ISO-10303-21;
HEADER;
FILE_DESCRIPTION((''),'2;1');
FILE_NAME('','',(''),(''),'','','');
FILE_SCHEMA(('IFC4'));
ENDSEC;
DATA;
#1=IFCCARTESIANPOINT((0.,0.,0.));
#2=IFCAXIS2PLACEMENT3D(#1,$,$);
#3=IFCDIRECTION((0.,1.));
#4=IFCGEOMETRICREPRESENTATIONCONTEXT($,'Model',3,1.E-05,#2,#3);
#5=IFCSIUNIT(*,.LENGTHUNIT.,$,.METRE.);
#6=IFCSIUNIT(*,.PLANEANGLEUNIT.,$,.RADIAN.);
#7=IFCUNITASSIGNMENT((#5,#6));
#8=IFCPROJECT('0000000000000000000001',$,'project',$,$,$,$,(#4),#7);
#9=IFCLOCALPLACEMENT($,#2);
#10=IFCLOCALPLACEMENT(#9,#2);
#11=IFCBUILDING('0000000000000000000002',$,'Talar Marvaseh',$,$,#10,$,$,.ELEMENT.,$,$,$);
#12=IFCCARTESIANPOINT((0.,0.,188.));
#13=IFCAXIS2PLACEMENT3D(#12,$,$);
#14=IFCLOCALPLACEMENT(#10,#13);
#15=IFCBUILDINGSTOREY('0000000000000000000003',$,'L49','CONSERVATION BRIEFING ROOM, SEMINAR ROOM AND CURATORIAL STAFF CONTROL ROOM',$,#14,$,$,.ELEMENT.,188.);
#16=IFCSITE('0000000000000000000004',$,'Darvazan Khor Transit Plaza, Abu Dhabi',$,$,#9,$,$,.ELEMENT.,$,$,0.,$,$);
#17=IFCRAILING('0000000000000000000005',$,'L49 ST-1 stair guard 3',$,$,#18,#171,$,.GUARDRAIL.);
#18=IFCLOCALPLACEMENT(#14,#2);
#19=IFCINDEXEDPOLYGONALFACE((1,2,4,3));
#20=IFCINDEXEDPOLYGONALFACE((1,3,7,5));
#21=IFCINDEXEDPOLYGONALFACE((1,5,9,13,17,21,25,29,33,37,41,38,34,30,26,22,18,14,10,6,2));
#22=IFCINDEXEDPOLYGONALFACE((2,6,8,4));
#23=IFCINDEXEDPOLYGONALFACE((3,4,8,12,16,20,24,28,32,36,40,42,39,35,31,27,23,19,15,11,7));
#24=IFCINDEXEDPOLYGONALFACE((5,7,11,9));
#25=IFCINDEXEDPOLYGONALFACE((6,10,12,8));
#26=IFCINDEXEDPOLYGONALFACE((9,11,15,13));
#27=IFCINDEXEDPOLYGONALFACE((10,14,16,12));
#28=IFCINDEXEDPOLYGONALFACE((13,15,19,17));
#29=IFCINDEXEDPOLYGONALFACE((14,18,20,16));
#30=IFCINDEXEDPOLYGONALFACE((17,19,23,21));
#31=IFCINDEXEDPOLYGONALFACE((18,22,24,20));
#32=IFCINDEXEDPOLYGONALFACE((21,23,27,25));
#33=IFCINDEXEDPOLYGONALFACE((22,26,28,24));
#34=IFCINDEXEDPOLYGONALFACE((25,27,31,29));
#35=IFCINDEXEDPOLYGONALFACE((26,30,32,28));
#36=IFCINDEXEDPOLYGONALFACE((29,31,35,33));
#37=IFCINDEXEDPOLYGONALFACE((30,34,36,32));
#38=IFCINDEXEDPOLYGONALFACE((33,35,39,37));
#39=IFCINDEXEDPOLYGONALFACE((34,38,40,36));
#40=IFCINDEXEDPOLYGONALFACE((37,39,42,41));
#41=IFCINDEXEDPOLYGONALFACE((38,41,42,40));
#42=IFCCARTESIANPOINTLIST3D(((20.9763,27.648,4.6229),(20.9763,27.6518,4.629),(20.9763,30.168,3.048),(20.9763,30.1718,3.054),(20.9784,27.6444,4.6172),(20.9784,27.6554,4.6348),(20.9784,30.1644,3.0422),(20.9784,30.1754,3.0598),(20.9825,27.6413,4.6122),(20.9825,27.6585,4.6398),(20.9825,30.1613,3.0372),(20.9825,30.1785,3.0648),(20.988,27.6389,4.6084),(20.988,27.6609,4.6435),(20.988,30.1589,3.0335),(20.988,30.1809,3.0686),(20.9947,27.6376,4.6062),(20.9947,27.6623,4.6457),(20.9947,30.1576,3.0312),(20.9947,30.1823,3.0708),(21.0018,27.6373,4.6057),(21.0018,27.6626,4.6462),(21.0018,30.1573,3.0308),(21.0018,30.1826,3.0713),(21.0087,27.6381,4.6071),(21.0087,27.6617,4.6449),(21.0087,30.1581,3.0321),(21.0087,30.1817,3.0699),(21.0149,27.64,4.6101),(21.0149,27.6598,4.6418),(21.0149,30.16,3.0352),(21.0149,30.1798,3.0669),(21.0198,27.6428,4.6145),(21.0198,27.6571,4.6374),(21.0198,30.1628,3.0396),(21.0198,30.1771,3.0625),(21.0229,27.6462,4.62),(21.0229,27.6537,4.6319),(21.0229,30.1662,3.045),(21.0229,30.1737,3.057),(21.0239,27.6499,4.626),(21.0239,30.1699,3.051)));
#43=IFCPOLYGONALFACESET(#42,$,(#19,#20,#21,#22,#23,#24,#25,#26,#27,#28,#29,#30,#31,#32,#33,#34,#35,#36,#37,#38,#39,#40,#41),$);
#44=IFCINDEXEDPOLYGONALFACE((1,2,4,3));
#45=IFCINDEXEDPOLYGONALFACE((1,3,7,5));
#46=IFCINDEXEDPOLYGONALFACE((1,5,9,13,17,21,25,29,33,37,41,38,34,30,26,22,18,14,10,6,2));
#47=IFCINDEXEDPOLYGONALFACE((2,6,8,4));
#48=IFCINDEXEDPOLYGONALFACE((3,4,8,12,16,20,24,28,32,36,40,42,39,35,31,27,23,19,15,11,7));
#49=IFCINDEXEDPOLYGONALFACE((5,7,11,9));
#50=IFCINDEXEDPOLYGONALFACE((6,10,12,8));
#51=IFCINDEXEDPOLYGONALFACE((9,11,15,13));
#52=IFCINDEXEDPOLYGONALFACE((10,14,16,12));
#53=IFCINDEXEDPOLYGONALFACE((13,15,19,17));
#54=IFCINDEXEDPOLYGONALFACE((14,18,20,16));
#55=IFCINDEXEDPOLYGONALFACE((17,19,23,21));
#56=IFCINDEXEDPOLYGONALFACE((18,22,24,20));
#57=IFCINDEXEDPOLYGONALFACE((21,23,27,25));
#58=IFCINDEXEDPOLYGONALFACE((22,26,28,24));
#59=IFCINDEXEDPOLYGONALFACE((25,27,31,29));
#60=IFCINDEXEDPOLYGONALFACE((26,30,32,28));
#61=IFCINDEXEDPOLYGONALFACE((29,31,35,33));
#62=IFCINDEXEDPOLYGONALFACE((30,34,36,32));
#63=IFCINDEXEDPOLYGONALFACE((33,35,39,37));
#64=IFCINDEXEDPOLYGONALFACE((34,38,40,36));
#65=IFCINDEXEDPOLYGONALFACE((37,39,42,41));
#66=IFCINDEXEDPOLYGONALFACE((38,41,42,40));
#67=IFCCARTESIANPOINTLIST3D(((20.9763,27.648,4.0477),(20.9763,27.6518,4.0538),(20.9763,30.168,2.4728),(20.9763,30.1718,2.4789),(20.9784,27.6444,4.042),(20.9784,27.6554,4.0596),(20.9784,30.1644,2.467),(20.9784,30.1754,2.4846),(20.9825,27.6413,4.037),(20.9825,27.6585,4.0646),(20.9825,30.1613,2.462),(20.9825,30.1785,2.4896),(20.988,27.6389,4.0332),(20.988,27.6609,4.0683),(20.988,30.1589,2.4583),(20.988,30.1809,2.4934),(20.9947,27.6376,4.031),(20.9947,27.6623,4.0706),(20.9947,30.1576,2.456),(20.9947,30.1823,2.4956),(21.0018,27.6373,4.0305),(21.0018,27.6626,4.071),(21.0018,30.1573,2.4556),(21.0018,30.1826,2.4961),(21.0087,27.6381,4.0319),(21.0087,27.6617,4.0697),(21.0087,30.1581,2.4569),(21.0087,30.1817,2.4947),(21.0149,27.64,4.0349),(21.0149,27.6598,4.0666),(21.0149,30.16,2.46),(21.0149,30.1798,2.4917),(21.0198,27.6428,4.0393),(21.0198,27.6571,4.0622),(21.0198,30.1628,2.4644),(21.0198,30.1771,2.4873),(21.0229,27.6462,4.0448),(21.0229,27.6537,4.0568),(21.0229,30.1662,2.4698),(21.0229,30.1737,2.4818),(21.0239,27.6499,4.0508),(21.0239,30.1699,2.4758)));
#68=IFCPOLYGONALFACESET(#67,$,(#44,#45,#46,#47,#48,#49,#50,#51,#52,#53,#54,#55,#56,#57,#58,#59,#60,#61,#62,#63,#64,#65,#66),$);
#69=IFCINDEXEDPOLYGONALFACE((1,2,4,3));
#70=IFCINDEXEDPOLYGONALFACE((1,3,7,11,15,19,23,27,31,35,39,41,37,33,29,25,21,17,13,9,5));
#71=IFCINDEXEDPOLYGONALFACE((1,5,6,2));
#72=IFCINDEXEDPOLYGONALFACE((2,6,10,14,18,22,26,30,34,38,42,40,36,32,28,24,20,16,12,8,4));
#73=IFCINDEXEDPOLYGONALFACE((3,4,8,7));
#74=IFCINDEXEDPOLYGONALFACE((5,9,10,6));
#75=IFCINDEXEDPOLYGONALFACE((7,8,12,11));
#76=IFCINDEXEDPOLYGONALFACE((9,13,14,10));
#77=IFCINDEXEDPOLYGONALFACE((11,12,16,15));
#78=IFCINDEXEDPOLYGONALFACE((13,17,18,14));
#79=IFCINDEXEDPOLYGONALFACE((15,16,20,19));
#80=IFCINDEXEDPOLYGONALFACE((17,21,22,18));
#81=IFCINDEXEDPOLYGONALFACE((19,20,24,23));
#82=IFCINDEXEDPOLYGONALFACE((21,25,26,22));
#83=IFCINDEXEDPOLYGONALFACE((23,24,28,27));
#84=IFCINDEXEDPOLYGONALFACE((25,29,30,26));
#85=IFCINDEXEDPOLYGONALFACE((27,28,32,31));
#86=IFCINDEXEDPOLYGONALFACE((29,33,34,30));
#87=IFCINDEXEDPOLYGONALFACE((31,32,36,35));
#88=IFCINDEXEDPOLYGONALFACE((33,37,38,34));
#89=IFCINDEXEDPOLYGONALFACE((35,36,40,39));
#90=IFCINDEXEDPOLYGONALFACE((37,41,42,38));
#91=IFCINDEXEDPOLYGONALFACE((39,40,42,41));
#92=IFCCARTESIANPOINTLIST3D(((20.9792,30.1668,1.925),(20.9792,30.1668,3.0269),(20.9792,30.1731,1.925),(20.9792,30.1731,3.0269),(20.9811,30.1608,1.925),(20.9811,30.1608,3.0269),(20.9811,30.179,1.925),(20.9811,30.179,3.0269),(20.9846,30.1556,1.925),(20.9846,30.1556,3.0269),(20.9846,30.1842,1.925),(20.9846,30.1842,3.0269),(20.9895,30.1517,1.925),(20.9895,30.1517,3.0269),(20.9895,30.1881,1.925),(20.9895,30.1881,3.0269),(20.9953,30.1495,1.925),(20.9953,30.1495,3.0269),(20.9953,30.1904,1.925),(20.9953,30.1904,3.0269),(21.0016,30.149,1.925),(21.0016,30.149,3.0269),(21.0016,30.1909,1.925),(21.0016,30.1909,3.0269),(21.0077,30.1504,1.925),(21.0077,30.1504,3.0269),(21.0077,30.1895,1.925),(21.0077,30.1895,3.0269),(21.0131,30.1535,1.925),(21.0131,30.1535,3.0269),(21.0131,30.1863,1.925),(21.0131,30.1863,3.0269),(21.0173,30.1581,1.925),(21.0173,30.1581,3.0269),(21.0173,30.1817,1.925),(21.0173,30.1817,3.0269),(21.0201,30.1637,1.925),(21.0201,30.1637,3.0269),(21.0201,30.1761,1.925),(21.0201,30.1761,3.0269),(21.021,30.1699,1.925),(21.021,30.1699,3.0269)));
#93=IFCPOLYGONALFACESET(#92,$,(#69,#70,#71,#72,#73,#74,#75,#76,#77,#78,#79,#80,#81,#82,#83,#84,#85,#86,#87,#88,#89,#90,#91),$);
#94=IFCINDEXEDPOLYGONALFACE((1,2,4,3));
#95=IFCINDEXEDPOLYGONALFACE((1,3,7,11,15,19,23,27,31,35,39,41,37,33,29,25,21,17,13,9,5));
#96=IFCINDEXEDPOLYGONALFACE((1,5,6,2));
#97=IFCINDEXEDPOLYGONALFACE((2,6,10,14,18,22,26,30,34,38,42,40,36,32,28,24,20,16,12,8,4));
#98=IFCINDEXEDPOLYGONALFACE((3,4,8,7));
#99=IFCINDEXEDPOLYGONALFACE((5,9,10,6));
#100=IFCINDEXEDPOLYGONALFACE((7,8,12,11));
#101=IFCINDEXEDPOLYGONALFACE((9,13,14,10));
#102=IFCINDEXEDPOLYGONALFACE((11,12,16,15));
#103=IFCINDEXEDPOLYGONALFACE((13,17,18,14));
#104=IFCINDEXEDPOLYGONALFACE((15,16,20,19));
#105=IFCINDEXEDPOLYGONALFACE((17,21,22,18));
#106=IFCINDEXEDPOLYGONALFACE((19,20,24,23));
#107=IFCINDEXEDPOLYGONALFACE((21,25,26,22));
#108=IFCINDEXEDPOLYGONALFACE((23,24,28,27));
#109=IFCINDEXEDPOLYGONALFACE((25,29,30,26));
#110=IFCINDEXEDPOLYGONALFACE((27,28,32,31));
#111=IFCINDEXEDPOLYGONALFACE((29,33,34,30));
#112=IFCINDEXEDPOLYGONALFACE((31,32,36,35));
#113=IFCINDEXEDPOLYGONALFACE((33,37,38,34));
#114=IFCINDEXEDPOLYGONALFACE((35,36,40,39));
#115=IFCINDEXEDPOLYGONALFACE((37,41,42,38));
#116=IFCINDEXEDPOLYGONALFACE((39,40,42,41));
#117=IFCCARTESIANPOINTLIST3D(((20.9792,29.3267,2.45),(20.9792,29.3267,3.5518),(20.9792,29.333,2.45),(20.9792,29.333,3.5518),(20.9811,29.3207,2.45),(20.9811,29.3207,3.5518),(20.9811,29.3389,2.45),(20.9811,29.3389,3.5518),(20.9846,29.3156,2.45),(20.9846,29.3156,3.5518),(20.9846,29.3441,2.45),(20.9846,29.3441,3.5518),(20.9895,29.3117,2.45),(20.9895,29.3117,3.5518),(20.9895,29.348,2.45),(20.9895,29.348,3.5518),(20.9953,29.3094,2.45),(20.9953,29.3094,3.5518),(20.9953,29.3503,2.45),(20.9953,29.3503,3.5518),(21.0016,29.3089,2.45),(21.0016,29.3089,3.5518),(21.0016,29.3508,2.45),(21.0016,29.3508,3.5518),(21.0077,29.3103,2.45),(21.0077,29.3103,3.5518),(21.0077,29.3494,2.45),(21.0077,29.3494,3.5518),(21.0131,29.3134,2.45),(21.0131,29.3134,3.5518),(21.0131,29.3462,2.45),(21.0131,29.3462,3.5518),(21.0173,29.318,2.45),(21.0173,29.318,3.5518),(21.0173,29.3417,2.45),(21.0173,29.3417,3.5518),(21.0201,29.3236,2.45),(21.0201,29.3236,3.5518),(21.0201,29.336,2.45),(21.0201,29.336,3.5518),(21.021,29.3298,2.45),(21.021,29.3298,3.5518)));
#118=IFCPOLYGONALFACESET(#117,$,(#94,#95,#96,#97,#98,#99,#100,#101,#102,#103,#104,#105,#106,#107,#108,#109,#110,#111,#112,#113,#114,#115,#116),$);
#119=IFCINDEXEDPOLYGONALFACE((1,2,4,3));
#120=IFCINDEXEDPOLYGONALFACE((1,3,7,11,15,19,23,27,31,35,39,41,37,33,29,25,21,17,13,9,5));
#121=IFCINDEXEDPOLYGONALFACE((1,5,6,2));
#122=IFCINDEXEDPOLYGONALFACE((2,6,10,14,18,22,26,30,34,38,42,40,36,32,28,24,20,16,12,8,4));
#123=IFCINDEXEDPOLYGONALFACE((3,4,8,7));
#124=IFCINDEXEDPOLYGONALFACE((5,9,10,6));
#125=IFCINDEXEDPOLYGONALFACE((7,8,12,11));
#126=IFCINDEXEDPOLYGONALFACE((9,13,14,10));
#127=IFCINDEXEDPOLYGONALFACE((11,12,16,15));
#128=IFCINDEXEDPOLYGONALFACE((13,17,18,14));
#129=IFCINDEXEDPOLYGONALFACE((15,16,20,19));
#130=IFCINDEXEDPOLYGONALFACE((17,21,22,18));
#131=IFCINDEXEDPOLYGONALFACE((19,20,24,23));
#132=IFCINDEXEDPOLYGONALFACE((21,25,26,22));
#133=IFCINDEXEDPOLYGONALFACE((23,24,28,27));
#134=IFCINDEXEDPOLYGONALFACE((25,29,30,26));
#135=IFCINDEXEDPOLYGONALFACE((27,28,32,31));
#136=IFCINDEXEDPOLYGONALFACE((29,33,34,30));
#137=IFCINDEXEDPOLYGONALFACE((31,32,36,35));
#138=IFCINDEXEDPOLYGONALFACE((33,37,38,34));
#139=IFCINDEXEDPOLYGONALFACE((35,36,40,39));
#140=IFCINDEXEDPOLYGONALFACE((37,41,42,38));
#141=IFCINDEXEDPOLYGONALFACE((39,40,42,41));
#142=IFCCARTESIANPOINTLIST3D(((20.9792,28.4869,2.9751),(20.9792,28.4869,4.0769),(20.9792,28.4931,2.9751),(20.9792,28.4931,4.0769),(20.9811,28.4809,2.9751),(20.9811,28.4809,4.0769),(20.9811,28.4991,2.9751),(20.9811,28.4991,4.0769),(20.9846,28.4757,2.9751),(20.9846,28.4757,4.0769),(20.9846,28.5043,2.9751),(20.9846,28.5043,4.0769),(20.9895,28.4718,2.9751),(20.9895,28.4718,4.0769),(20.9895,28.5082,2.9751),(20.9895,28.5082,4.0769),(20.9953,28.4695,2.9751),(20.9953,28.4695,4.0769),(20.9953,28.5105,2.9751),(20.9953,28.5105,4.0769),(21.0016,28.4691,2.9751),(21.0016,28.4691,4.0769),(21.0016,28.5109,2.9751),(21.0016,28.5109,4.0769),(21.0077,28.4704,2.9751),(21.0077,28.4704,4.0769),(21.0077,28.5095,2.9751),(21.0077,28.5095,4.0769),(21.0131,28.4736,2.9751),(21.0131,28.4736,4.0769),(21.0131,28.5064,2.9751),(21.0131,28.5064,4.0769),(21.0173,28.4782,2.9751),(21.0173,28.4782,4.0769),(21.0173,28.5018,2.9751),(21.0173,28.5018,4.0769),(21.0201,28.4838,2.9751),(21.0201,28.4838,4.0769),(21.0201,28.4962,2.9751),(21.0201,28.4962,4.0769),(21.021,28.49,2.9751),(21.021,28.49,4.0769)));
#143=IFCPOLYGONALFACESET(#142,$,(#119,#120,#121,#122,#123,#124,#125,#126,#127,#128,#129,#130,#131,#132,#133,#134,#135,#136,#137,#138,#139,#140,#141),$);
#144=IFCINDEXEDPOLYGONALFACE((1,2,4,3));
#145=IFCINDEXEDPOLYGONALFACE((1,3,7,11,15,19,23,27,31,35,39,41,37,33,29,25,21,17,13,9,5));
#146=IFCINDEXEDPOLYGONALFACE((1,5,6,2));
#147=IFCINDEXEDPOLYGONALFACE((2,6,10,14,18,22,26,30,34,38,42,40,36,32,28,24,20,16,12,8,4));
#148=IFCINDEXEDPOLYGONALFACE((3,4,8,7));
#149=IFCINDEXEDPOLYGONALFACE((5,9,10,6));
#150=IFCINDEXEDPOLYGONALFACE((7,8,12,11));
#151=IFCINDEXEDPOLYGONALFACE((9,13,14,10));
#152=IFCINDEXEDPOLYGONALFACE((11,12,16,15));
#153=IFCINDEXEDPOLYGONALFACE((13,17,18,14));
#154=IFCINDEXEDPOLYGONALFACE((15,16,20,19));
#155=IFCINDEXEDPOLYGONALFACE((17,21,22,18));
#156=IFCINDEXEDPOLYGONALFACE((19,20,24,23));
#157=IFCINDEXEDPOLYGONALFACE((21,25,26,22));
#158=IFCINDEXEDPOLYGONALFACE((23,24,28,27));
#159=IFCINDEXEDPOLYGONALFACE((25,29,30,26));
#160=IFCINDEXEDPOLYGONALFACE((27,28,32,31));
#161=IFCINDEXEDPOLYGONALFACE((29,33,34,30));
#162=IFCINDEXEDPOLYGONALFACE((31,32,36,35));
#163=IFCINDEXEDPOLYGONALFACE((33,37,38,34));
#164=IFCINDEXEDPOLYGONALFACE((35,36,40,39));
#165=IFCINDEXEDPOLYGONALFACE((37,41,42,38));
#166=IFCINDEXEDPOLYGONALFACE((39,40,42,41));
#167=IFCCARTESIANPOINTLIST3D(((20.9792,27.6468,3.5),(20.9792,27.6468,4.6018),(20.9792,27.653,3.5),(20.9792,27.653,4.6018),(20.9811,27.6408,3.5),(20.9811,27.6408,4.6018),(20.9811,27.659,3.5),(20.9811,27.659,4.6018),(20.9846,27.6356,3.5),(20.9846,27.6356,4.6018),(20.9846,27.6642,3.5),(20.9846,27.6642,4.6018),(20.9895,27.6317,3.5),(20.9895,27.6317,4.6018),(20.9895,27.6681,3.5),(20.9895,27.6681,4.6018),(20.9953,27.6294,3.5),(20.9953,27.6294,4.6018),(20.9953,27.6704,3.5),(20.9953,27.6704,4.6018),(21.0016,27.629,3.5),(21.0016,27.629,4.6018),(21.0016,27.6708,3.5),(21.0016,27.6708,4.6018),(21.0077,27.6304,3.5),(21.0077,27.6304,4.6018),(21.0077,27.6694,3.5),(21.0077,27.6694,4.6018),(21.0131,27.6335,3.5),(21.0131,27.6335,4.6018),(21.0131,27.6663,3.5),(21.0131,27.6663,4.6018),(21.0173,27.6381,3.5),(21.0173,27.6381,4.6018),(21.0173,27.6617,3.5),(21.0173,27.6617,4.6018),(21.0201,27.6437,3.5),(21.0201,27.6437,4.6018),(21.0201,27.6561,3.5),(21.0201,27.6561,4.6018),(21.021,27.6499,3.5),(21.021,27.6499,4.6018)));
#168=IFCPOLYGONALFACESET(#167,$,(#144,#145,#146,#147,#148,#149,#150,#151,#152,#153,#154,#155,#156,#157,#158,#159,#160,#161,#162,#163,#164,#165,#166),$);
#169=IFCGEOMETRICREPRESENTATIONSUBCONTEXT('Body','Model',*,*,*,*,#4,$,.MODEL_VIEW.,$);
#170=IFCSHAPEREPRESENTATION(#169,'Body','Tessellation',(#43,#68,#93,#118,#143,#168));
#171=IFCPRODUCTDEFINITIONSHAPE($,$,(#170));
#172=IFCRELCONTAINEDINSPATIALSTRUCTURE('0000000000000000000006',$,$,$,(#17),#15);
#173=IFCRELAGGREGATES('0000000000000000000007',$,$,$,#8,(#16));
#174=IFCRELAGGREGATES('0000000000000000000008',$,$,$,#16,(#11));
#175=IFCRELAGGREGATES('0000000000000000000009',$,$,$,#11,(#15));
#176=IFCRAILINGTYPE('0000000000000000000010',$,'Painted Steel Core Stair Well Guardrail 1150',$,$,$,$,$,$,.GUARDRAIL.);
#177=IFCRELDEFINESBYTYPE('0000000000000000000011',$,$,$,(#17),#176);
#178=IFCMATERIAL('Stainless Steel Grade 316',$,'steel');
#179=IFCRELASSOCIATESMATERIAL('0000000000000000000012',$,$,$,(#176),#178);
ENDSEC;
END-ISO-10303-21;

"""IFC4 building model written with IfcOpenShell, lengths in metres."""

from ifc_helpers import new_model, si_unit, direction, frame, origin, origin_2d, place, context, subcontext, project, spatial, circle, extrude, material, type_object, element, save


model = new_model("IFC4")

# Units and contexts
model_context = context("Model", 3, precision=1e-05, world=origin(), true_north=direction((0.0, 1.0)))
body_context = subcontext(model_context, "Body", "Model", "MODEL_VIEW")
ifc_project = project(units=[si_unit("LENGTHUNIT", "METRE"), si_unit("PLANEANGLEUNIT", "RADIAN")], contexts=[model_context])

# Site, building, storey
site_placement = place(None, origin())
site = spatial("IfcSite", under=ifc_project, at=site_placement, Name="Darvazan Khor Transit Plaza, Abu Dhabi", CompositionType="ELEMENT", RefElevation=0.0)
building_placement = place(site_placement, origin())
building = spatial("IfcBuilding", under=site, at=building_placement, Name="Talar Marvaseh", CompositionType="ELEMENT")
storey_placement = place(building_placement, frame((0.0, 0.0, 188.0)))
storey = spatial("IfcBuildingStorey", under=building, at=storey_placement, Name="L49", Description="CONSERVATION BRIEFING ROOM, SEMINAR ROOM AND CURATORIAL STAFF CONTROL ROOM", CompositionType="ELEMENT", Elevation=188.0)

# Railing
ifc_material_1 = material(Name="Stainless Steel Grade 316", Category="steel")
railing_type_1 = type_object("IfcRailingType", Name="Painted Steel Core Stair Well Guardrail 1150", PredefinedType="GUARDRAIL", material=ifc_material_1)
railing_1_placement = place(storey_placement, frame((21.0, 30.1699, 1.925)))
element("IfcRailing", 1, at=railing_1_placement, inside=storey, type_object=railing_type_1, Name="L49 ST-1 stair guard 3", PredefinedType="GUARDRAIL", context=body_context, shape_type="SweptSolid", body=[
    extrude(circle(Radius=0.0239, at=origin_2d()), frame((0.0, 0.0, 1.126), z_axis=(0.0, -0.848008, 0.529984), x_axis=(1.0, 0.0, 0.0)), (0.0, 0.0, 1.0), 2.9717),
    extrude(circle(Radius=0.0239, at=origin_2d()), frame((0.0, 0.0, 0.5508), z_axis=(0.0, -0.848008, 0.529984), x_axis=(1.0, 0.0, 0.0)), (0.0, 0.0, 1.0), 2.9717),
    extrude(circle(Radius=0.021, at=origin_2d()), origin(), (0.0, 0.0, 1.0), 1.1018),
    extrude(circle(Radius=0.021, at=origin_2d()), frame((0.0, -0.8401, 0.5249)), (0.0, 0.0, 1.0), 1.1018),
    extrude(circle(Radius=0.021, at=origin_2d()), frame((0.0, -1.6799, 1.05)), (0.0, 0.0, 1.0), 1.1018),
    extrude(circle(Radius=0.021, at=origin_2d()), frame((0.0, -2.52, 1.575)), (0.0, 0.0, 1.0), 1.1018),
])

save(model, "model.ifc")
